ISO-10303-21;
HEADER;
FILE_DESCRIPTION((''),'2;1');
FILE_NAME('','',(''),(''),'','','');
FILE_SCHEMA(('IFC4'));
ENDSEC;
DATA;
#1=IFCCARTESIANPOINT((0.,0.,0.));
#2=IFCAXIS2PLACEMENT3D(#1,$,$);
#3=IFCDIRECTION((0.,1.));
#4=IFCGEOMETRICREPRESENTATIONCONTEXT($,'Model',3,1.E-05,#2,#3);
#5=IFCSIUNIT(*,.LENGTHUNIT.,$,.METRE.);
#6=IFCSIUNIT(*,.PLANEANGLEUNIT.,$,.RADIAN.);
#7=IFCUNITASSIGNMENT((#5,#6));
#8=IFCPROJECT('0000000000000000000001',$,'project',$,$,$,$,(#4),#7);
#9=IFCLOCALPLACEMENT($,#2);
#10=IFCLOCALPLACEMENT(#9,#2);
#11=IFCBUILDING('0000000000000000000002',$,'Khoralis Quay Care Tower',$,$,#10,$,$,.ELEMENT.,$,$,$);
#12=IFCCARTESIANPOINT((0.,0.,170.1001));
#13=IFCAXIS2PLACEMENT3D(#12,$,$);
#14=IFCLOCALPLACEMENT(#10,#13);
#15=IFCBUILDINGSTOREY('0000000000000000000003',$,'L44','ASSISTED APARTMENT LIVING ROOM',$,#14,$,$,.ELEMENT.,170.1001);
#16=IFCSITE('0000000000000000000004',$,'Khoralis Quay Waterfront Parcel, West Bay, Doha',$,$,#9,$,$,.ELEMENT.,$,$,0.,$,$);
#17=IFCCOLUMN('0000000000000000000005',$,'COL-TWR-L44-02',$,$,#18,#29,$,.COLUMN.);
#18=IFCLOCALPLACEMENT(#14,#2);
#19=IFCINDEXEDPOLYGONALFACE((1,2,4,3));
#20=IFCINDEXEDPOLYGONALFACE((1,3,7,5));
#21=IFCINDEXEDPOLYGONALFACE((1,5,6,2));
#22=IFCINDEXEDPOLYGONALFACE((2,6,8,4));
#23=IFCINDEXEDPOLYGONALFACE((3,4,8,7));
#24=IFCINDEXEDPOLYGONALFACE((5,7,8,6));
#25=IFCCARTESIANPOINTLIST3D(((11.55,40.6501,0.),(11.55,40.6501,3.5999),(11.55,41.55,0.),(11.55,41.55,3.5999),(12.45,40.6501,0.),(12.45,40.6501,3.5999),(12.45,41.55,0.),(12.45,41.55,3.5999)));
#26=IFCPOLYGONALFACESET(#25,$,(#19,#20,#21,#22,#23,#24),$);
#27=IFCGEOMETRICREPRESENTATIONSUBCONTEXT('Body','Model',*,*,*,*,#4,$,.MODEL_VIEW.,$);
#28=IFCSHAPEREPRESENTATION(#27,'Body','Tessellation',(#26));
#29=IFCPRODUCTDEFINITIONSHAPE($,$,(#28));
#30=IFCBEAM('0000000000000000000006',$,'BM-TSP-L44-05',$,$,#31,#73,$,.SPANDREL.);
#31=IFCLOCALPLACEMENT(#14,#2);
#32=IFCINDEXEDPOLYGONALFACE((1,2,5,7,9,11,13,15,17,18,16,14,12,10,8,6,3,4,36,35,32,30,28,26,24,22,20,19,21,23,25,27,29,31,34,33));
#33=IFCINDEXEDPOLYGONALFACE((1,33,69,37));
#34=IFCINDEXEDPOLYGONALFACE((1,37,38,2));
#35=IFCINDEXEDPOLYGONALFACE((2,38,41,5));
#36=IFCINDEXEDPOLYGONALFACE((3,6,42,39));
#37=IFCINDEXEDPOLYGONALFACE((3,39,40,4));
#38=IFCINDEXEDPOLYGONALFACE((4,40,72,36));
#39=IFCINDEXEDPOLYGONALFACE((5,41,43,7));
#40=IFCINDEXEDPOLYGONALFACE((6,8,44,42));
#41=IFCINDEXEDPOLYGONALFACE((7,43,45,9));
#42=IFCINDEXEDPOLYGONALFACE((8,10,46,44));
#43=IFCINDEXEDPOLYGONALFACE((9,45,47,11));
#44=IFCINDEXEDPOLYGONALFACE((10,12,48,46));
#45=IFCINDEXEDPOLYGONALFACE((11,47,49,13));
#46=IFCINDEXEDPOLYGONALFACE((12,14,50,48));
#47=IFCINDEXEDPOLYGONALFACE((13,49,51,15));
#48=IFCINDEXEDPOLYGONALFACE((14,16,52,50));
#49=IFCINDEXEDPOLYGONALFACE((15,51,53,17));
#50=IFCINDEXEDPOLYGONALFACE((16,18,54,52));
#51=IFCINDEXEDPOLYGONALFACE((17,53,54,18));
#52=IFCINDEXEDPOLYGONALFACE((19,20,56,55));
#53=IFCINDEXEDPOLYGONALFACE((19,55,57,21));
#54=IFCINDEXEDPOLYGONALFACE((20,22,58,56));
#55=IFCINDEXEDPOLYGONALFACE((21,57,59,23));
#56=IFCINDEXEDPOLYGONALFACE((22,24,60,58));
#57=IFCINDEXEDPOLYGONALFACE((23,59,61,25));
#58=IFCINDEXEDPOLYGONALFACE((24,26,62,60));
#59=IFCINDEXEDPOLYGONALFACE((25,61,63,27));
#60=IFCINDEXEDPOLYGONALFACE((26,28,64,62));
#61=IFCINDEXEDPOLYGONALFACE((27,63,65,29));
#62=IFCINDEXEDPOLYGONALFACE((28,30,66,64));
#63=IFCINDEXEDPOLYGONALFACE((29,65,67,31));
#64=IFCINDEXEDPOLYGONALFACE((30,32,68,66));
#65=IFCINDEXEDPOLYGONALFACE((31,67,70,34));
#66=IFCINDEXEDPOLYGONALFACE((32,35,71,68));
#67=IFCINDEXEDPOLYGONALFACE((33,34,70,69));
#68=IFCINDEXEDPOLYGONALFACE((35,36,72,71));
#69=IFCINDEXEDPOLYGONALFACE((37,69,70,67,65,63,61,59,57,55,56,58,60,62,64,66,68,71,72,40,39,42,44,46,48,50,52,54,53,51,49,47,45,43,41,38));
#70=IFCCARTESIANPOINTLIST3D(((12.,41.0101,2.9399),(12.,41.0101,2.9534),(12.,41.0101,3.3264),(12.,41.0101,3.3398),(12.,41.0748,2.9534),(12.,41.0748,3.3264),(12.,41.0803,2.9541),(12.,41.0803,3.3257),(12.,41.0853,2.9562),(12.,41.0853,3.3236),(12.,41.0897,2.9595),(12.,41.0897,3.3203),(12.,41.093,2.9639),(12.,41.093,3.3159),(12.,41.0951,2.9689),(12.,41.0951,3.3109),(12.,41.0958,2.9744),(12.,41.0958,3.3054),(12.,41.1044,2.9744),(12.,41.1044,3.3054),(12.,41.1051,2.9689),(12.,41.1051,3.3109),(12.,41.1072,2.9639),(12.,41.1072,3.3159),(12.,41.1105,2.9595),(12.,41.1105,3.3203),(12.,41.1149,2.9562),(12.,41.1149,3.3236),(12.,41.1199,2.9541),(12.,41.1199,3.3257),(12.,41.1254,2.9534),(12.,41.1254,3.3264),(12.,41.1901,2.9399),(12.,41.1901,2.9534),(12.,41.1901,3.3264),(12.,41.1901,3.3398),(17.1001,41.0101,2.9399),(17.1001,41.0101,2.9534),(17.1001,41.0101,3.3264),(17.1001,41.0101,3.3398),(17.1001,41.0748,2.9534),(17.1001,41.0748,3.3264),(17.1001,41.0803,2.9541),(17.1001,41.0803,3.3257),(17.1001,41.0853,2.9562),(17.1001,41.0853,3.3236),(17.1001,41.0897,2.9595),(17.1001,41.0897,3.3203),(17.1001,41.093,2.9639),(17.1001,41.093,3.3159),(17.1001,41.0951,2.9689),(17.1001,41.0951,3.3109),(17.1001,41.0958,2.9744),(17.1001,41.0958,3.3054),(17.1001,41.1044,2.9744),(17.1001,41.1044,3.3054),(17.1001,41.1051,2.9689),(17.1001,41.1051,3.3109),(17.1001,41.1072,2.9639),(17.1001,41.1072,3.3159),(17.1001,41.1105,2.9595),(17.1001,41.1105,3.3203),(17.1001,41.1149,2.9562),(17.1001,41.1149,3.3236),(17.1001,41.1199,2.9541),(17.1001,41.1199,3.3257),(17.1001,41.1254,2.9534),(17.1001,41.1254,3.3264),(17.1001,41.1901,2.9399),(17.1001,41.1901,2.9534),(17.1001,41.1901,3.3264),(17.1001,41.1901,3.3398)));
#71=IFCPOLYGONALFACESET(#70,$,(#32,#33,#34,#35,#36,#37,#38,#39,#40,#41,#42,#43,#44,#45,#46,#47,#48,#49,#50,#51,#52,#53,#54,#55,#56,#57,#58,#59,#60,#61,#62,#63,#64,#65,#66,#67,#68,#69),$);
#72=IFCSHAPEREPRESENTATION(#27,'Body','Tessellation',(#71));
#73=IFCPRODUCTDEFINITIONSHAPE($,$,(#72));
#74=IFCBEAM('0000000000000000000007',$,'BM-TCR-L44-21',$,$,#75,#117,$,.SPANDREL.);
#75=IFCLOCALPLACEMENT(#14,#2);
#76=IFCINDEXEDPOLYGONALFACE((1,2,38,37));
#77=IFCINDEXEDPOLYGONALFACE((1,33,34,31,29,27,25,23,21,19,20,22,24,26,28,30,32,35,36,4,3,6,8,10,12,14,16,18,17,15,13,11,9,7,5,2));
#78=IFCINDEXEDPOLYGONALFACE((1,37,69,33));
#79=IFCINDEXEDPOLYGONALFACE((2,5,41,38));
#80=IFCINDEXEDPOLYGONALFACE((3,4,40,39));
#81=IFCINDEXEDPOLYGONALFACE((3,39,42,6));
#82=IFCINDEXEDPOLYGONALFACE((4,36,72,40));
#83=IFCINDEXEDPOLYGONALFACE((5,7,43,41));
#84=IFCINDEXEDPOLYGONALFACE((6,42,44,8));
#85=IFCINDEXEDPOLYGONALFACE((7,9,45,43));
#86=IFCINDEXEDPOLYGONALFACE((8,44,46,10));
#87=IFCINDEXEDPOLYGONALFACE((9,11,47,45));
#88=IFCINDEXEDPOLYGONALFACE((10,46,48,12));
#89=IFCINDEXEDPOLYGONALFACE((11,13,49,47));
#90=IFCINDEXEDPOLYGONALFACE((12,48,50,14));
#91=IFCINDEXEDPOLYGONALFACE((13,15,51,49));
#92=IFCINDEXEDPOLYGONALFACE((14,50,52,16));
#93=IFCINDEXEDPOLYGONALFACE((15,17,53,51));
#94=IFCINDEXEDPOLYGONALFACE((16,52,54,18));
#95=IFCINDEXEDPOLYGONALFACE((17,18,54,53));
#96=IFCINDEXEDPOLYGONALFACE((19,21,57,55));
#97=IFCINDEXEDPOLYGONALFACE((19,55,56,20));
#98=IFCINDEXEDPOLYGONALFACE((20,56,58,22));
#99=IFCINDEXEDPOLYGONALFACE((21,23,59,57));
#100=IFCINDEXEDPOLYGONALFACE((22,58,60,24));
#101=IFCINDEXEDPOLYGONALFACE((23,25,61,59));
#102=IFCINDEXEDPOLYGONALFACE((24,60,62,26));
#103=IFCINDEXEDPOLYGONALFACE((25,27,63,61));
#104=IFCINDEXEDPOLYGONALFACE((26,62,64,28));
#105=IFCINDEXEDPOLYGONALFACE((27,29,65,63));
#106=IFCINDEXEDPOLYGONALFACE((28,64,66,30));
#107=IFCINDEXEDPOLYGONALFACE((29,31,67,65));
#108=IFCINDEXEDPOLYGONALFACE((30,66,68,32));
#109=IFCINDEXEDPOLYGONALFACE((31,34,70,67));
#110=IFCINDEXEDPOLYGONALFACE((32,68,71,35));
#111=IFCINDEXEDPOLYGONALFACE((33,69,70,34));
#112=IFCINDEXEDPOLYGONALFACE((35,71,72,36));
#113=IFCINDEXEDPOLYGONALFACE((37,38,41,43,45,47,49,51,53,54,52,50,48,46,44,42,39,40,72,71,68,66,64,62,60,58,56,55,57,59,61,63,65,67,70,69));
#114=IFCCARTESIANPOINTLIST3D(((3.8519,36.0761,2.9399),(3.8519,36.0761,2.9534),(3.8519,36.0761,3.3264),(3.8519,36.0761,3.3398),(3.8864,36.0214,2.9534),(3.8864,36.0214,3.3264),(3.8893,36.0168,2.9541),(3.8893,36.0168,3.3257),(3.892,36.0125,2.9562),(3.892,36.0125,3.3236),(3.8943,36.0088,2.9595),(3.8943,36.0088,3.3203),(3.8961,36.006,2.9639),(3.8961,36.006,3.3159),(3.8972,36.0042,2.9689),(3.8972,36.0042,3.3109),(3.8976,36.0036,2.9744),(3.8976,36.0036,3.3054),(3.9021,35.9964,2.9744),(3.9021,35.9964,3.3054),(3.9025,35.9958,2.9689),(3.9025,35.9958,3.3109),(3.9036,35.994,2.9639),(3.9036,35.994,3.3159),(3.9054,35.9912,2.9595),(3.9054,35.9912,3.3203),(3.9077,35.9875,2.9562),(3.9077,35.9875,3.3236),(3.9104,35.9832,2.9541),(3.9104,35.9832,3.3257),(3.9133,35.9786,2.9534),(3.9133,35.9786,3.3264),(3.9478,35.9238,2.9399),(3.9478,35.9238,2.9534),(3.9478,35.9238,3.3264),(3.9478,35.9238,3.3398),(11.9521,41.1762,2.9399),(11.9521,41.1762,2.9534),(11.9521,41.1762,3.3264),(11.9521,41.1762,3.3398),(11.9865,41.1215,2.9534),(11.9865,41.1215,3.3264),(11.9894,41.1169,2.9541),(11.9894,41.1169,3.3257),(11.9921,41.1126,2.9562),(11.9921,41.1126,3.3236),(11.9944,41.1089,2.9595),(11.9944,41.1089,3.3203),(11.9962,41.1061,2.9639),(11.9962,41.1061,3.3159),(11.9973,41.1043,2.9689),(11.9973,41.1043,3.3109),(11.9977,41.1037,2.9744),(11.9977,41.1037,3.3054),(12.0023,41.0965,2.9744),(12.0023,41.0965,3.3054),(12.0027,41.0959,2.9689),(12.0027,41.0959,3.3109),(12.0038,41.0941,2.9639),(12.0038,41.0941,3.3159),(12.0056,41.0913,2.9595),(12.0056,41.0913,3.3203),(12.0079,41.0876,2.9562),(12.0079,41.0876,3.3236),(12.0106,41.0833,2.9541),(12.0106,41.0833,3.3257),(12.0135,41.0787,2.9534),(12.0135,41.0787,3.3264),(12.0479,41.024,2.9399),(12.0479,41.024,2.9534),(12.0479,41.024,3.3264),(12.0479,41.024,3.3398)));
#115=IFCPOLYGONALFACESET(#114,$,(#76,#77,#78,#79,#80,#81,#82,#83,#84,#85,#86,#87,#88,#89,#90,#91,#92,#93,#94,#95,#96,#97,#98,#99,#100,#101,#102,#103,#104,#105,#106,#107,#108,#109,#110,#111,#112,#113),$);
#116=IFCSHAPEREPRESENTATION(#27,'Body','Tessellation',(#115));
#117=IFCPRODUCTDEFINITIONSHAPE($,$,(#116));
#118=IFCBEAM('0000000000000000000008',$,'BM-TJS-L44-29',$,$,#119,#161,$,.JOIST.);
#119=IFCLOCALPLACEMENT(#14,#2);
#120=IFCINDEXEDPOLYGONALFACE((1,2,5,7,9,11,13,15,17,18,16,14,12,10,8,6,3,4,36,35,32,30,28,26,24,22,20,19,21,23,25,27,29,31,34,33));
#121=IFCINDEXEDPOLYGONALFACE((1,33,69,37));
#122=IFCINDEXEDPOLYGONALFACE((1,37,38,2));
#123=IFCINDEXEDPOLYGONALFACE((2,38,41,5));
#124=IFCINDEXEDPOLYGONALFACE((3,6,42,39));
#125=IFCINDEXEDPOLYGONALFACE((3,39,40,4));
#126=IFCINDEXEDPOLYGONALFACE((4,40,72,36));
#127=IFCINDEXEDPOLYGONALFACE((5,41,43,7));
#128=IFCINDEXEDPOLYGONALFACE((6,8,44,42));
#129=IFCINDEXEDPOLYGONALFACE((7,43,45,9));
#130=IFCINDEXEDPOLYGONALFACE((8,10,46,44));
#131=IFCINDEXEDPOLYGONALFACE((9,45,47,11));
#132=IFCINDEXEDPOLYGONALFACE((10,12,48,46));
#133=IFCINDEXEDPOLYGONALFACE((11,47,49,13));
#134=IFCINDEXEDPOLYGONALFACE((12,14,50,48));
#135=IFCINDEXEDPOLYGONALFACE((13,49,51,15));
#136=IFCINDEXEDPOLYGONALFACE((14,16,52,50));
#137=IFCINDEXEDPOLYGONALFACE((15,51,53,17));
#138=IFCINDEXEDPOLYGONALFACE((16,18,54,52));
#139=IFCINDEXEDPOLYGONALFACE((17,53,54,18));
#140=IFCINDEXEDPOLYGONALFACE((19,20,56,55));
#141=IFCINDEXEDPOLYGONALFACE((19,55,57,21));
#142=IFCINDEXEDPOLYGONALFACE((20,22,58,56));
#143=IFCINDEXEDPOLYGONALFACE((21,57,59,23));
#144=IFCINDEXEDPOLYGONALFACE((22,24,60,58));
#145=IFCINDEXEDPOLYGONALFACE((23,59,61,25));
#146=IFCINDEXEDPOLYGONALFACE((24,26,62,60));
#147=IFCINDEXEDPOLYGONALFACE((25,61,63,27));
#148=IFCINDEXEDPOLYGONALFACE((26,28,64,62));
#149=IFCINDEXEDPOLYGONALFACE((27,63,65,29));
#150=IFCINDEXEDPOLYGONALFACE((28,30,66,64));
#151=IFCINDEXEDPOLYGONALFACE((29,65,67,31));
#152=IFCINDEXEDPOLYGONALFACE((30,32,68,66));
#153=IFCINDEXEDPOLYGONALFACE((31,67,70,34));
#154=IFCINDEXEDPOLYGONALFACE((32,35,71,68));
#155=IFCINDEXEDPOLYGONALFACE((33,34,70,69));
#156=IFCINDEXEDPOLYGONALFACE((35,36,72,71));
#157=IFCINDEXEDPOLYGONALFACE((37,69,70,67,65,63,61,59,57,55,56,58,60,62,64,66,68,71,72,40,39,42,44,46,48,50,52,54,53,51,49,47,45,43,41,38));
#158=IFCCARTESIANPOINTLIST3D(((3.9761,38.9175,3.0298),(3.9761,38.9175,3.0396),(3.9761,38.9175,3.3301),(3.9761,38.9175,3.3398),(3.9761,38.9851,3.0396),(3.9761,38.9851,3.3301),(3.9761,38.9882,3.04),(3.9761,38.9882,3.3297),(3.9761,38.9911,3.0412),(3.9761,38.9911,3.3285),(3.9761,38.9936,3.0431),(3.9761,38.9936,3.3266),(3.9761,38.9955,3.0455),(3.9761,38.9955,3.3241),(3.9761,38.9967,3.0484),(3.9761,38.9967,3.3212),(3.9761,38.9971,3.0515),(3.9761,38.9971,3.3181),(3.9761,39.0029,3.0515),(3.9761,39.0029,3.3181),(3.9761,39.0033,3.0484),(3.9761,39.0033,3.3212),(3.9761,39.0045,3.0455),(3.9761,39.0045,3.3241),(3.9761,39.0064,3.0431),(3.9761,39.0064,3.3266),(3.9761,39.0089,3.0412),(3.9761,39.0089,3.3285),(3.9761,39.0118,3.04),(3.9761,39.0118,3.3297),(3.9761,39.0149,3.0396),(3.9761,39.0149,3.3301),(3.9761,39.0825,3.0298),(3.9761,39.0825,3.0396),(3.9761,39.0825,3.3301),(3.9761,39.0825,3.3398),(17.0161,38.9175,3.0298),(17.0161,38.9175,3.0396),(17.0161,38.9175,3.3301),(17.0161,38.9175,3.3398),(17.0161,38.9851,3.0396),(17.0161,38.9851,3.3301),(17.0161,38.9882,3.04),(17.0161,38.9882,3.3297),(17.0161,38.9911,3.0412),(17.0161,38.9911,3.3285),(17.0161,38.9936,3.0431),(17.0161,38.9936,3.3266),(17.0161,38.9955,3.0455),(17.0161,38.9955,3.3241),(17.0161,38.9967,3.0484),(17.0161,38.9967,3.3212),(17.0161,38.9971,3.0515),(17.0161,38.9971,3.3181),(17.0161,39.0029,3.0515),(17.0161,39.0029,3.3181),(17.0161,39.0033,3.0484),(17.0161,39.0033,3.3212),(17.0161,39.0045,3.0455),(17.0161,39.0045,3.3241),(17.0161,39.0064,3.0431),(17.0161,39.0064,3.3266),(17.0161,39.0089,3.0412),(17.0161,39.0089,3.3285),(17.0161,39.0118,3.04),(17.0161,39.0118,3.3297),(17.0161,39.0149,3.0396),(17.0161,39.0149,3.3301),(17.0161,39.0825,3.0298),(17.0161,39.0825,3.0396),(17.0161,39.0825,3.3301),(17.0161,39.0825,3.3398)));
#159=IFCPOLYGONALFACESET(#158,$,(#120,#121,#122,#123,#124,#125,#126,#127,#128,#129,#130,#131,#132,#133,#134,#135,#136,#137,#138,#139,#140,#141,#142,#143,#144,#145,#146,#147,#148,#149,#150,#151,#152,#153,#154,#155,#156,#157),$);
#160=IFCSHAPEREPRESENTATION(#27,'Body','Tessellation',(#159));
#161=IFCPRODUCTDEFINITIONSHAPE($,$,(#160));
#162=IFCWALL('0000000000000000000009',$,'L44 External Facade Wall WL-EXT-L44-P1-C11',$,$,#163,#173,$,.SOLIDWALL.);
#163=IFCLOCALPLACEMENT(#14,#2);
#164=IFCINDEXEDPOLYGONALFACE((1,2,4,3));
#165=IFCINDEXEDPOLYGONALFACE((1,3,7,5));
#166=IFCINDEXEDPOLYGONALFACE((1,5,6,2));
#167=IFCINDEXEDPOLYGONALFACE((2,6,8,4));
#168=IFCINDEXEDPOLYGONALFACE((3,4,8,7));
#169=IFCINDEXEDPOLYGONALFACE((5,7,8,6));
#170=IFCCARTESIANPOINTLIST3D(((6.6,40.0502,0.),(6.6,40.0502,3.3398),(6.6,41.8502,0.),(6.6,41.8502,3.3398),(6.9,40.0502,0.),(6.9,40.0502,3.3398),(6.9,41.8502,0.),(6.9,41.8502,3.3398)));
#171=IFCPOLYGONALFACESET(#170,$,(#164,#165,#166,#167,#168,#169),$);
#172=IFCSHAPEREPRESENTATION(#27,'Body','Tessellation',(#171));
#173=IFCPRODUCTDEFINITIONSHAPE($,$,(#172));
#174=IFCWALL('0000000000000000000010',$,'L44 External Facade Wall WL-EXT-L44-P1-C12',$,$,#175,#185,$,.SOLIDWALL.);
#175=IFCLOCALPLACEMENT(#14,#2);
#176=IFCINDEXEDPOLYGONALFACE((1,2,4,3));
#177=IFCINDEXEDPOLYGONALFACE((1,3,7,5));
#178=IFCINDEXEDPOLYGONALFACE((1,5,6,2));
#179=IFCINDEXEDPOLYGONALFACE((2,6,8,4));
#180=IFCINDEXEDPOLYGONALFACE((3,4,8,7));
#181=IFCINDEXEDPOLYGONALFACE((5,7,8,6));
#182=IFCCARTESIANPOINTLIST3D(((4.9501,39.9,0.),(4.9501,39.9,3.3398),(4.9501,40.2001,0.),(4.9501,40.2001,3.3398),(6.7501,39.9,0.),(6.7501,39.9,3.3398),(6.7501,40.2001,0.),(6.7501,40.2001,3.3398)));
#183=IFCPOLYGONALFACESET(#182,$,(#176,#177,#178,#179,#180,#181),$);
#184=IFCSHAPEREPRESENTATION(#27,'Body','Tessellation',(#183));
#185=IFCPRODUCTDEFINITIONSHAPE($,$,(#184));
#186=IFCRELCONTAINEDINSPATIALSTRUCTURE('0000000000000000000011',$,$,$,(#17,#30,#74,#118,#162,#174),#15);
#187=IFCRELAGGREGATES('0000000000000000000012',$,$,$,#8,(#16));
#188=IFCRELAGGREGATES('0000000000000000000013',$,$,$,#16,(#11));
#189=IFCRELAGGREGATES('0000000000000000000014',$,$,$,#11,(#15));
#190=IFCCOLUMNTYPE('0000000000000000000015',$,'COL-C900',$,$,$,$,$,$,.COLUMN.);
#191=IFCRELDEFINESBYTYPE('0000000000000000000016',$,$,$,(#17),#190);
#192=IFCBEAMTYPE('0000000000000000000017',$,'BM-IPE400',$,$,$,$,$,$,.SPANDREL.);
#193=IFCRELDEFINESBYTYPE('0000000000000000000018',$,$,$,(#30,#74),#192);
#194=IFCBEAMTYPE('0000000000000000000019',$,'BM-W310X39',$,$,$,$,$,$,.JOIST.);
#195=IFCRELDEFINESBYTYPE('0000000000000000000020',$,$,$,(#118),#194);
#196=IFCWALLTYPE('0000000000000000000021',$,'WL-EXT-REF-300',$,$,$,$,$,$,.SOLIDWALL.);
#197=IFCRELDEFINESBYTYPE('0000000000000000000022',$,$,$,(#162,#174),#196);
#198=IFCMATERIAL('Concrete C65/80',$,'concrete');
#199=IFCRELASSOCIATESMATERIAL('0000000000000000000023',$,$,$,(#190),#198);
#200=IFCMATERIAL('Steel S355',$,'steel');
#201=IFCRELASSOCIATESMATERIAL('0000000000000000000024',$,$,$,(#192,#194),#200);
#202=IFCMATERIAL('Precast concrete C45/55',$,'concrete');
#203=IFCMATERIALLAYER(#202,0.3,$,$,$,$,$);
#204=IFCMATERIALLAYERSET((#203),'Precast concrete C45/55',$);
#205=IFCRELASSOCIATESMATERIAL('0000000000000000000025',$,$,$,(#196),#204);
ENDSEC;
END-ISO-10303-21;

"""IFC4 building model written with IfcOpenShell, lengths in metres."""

from ifc_helpers import new_model, si_unit, direction, frame, frame_2d, origin, origin_2d, place, context, subcontext, project, spatial, rectangle, i_section, extrude, source, transform, mapped, material, layer, layer_set, material_profile, profile_set, type_object, element, save


model = new_model("IFC4")

# Units and contexts
model_context = context("Model", 3, precision=1e-05, world=origin(), true_north=direction((0.0, 1.0)))
body_context = subcontext(model_context, "Body", "Model", "MODEL_VIEW")
ifc_project = project(units=[si_unit("LENGTHUNIT", "METRE"), si_unit("PLANEANGLEUNIT", "RADIAN")], contexts=[model_context])

# Site, building, storey
site_placement = place(None, origin())
site = spatial("IfcSite", under=ifc_project, at=site_placement, Name="Khoralis Quay Waterfront Parcel, West Bay, Doha", CompositionType="ELEMENT", RefElevation=0.0)
building_placement = place(site_placement, origin())
building = spatial("IfcBuilding", under=site, at=building_placement, Name="Khoralis Quay Care Tower", CompositionType="ELEMENT")
storey_placement = place(building_placement, frame((0.0, 0.0, 170.1001)))
storey = spatial("IfcBuildingStorey", under=building, at=storey_placement, Name="L44", Description="ASSISTED APARTMENT LIVING ROOM", CompositionType="ELEMENT", Elevation=170.1001)

# Column
ifc_material_1 = material(Name="Concrete C65/80", Category="concrete")
ifc_material_profile_1 = material_profile(ifc_material_1, rectangle(XDim=0.8999, YDim=0.8999, at=origin_2d()), Name="Concrete C65/80")
ifc_profile_set_1 = profile_set([ifc_material_profile_1], Name="Concrete C65/80")
column_type = type_object("IfcColumnType", Name="COL-C900", PredefinedType="COLUMN", material=ifc_profile_set_1)
shared_shape_1 = source(origin(), body_context, "Body", "SweptSolid", [
    extrude(rectangle(XDim=0.8999, YDim=0.8999, at=origin_2d()), origin(), (0.0, 0.0, 1.0), 3.5999),
])
column_placement = place(storey_placement, frame((12.0, 41.1001, 0.0), z_axis=(0.0, 0.0, 1.0), x_axis=(1.0, 0.0, 0.0)))
element("IfcColumn", 1, at=column_placement, inside=storey, type_object=column_type, Name="COL-TWR-L44-02", PredefinedType="COLUMN", context=body_context, shape_type="MappedRepresentation", body=[
    mapped(shared_shape_1, transform((0.0, 0.0, 0.0), scale=1.0)),
])

# Beams
ifc_material_2 = material(Name="Steel S355", Category="steel")
ifc_material_profile_2 = material_profile(ifc_material_2, i_section(OverallWidth=0.1799, OverallDepth=0.3999, WebThickness=0.0085, FlangeThickness=0.0134, FilletRadius=0.021, at=origin_2d()), Name="Steel S355")
ifc_profile_set_2 = profile_set([ifc_material_profile_2], Name="Steel S355")
beam_type_1 = type_object("IfcBeamType", Name="BM-IPE400", PredefinedType="SPANDREL", material=ifc_profile_set_2)
shared_shape_2 = source(origin(), body_context, "Body", "SweptSolid", [
    extrude(i_section(OverallWidth=0.1799, OverallDepth=0.3999, WebThickness=0.0085, FlangeThickness=0.0134, FilletRadius=0.021, at=origin_2d()), origin(), (0.0, 0.0, 1.0), 5.1001),
])
beam_1_placement = place(storey_placement, frame((12.0, 41.1001, 3.1399), z_axis=(1.0, 0.0, 0.0), x_axis=(0.0, 1.0, 0.0)))
element("IfcBeam", 2, at=beam_1_placement, inside=storey, type_object=beam_type_1, Name="BM-TSP-L44-05", PredefinedType="SPANDREL", context=body_context, shape_type="MappedRepresentation", body=[
    mapped(shared_shape_2, transform((0.0, 0.0, 0.0), scale=1.0)),
])
shared_shape_3 = source(origin(), body_context, "Body", "SweptSolid", [
    extrude(i_section(OverallWidth=0.1799, OverallDepth=0.3999, WebThickness=0.0085, FlangeThickness=0.0134, FilletRadius=0.021, at=origin_2d()), origin(), (0.0, 0.0, 1.0), 9.572),
])
beam_2_placement = place(storey_placement, frame((12.0, 41.1001, 3.1399), z_axis=(-0.846231, -0.532816, 0.0), x_axis=(0.532816, -0.846231, 0.0)))
element("IfcBeam", 3, at=beam_2_placement, inside=storey, type_object=beam_type_1, Name="BM-TCR-L44-21", PredefinedType="SPANDREL", context=body_context, shape_type="MappedRepresentation", body=[
    mapped(shared_shape_3, transform((0.0, 0.0, 0.0), scale=1.0)),
])
ifc_material_profile_3 = material_profile(ifc_material_2, i_section(OverallWidth=0.165, OverallDepth=0.3101, WebThickness=0.0059, FlangeThickness=0.0098, FilletRadius=0.012, at=origin_2d()), Name="Steel S355")
ifc_profile_set_3 = profile_set([ifc_material_profile_3], Name="Steel S355")
beam_type_2 = type_object("IfcBeamType", Name="BM-W310X39", PredefinedType="JOIST", material=ifc_profile_set_3)
shared_shape_4 = source(origin(), body_context, "Body", "SweptSolid", [
    extrude(i_section(OverallWidth=0.165, OverallDepth=0.3101, WebThickness=0.0059, FlangeThickness=0.0098, FilletRadius=0.012, at=origin_2d()), origin(), (0.0, 0.0, 1.0), 13.04),
])
beam_3_placement = place(storey_placement, frame((3.9761, 39.0, 3.1848), z_axis=(1.0, 0.0, 0.0), x_axis=(0.0, 1.0, 0.0)))
element("IfcBeam", 4, at=beam_3_placement, inside=storey, type_object=beam_type_2, Name="BM-TJS-L44-29", PredefinedType="JOIST", context=body_context, shape_type="MappedRepresentation", body=[
    mapped(shared_shape_4, transform((0.0, 0.0, 0.0), scale=1.0)),
])

# Walls
ifc_material_3 = material(Name="Precast concrete C45/55", Category="concrete")
ifc_layer_1 = layer(ifc_material_3, 0.3)
ifc_layer_set_1 = layer_set([ifc_layer_1], Name="Precast concrete C45/55")
wall_type_1 = type_object("IfcWallType", Name="WL-EXT-REF-300", PredefinedType="SOLIDWALL", material=ifc_layer_set_1)
for number, where, z_axis, x_axis, name in (
    (5, (6.75, 41.8501, 0.0), (0.0, 0.0, 1.0), (0.0, -1.0, 0.0), "L44 External Facade Wall WL-EXT-L44-P1-C11"),
    (6, (6.75, 40.05, 0.0), (0.0, 0.0, 1.0), (-1.0, 0.0, 0.0), "L44 External Facade Wall WL-EXT-L44-P1-C12"),
):
    element("IfcWall", number, at=place(storey_placement, frame(where, z_axis=z_axis, x_axis=x_axis)), inside=storey, type_object=wall_type_1, Name=name, PredefinedType="SOLIDWALL", context=body_context, shape_type="SweptSolid", body=[
        extrude(rectangle(XDim=1.8, YDim=0.3, at=frame_2d((0.8999, 0.0))), origin(), (0.0, 0.0, 1.0), 3.3398),
    ])

save(model, "model.ifc")
